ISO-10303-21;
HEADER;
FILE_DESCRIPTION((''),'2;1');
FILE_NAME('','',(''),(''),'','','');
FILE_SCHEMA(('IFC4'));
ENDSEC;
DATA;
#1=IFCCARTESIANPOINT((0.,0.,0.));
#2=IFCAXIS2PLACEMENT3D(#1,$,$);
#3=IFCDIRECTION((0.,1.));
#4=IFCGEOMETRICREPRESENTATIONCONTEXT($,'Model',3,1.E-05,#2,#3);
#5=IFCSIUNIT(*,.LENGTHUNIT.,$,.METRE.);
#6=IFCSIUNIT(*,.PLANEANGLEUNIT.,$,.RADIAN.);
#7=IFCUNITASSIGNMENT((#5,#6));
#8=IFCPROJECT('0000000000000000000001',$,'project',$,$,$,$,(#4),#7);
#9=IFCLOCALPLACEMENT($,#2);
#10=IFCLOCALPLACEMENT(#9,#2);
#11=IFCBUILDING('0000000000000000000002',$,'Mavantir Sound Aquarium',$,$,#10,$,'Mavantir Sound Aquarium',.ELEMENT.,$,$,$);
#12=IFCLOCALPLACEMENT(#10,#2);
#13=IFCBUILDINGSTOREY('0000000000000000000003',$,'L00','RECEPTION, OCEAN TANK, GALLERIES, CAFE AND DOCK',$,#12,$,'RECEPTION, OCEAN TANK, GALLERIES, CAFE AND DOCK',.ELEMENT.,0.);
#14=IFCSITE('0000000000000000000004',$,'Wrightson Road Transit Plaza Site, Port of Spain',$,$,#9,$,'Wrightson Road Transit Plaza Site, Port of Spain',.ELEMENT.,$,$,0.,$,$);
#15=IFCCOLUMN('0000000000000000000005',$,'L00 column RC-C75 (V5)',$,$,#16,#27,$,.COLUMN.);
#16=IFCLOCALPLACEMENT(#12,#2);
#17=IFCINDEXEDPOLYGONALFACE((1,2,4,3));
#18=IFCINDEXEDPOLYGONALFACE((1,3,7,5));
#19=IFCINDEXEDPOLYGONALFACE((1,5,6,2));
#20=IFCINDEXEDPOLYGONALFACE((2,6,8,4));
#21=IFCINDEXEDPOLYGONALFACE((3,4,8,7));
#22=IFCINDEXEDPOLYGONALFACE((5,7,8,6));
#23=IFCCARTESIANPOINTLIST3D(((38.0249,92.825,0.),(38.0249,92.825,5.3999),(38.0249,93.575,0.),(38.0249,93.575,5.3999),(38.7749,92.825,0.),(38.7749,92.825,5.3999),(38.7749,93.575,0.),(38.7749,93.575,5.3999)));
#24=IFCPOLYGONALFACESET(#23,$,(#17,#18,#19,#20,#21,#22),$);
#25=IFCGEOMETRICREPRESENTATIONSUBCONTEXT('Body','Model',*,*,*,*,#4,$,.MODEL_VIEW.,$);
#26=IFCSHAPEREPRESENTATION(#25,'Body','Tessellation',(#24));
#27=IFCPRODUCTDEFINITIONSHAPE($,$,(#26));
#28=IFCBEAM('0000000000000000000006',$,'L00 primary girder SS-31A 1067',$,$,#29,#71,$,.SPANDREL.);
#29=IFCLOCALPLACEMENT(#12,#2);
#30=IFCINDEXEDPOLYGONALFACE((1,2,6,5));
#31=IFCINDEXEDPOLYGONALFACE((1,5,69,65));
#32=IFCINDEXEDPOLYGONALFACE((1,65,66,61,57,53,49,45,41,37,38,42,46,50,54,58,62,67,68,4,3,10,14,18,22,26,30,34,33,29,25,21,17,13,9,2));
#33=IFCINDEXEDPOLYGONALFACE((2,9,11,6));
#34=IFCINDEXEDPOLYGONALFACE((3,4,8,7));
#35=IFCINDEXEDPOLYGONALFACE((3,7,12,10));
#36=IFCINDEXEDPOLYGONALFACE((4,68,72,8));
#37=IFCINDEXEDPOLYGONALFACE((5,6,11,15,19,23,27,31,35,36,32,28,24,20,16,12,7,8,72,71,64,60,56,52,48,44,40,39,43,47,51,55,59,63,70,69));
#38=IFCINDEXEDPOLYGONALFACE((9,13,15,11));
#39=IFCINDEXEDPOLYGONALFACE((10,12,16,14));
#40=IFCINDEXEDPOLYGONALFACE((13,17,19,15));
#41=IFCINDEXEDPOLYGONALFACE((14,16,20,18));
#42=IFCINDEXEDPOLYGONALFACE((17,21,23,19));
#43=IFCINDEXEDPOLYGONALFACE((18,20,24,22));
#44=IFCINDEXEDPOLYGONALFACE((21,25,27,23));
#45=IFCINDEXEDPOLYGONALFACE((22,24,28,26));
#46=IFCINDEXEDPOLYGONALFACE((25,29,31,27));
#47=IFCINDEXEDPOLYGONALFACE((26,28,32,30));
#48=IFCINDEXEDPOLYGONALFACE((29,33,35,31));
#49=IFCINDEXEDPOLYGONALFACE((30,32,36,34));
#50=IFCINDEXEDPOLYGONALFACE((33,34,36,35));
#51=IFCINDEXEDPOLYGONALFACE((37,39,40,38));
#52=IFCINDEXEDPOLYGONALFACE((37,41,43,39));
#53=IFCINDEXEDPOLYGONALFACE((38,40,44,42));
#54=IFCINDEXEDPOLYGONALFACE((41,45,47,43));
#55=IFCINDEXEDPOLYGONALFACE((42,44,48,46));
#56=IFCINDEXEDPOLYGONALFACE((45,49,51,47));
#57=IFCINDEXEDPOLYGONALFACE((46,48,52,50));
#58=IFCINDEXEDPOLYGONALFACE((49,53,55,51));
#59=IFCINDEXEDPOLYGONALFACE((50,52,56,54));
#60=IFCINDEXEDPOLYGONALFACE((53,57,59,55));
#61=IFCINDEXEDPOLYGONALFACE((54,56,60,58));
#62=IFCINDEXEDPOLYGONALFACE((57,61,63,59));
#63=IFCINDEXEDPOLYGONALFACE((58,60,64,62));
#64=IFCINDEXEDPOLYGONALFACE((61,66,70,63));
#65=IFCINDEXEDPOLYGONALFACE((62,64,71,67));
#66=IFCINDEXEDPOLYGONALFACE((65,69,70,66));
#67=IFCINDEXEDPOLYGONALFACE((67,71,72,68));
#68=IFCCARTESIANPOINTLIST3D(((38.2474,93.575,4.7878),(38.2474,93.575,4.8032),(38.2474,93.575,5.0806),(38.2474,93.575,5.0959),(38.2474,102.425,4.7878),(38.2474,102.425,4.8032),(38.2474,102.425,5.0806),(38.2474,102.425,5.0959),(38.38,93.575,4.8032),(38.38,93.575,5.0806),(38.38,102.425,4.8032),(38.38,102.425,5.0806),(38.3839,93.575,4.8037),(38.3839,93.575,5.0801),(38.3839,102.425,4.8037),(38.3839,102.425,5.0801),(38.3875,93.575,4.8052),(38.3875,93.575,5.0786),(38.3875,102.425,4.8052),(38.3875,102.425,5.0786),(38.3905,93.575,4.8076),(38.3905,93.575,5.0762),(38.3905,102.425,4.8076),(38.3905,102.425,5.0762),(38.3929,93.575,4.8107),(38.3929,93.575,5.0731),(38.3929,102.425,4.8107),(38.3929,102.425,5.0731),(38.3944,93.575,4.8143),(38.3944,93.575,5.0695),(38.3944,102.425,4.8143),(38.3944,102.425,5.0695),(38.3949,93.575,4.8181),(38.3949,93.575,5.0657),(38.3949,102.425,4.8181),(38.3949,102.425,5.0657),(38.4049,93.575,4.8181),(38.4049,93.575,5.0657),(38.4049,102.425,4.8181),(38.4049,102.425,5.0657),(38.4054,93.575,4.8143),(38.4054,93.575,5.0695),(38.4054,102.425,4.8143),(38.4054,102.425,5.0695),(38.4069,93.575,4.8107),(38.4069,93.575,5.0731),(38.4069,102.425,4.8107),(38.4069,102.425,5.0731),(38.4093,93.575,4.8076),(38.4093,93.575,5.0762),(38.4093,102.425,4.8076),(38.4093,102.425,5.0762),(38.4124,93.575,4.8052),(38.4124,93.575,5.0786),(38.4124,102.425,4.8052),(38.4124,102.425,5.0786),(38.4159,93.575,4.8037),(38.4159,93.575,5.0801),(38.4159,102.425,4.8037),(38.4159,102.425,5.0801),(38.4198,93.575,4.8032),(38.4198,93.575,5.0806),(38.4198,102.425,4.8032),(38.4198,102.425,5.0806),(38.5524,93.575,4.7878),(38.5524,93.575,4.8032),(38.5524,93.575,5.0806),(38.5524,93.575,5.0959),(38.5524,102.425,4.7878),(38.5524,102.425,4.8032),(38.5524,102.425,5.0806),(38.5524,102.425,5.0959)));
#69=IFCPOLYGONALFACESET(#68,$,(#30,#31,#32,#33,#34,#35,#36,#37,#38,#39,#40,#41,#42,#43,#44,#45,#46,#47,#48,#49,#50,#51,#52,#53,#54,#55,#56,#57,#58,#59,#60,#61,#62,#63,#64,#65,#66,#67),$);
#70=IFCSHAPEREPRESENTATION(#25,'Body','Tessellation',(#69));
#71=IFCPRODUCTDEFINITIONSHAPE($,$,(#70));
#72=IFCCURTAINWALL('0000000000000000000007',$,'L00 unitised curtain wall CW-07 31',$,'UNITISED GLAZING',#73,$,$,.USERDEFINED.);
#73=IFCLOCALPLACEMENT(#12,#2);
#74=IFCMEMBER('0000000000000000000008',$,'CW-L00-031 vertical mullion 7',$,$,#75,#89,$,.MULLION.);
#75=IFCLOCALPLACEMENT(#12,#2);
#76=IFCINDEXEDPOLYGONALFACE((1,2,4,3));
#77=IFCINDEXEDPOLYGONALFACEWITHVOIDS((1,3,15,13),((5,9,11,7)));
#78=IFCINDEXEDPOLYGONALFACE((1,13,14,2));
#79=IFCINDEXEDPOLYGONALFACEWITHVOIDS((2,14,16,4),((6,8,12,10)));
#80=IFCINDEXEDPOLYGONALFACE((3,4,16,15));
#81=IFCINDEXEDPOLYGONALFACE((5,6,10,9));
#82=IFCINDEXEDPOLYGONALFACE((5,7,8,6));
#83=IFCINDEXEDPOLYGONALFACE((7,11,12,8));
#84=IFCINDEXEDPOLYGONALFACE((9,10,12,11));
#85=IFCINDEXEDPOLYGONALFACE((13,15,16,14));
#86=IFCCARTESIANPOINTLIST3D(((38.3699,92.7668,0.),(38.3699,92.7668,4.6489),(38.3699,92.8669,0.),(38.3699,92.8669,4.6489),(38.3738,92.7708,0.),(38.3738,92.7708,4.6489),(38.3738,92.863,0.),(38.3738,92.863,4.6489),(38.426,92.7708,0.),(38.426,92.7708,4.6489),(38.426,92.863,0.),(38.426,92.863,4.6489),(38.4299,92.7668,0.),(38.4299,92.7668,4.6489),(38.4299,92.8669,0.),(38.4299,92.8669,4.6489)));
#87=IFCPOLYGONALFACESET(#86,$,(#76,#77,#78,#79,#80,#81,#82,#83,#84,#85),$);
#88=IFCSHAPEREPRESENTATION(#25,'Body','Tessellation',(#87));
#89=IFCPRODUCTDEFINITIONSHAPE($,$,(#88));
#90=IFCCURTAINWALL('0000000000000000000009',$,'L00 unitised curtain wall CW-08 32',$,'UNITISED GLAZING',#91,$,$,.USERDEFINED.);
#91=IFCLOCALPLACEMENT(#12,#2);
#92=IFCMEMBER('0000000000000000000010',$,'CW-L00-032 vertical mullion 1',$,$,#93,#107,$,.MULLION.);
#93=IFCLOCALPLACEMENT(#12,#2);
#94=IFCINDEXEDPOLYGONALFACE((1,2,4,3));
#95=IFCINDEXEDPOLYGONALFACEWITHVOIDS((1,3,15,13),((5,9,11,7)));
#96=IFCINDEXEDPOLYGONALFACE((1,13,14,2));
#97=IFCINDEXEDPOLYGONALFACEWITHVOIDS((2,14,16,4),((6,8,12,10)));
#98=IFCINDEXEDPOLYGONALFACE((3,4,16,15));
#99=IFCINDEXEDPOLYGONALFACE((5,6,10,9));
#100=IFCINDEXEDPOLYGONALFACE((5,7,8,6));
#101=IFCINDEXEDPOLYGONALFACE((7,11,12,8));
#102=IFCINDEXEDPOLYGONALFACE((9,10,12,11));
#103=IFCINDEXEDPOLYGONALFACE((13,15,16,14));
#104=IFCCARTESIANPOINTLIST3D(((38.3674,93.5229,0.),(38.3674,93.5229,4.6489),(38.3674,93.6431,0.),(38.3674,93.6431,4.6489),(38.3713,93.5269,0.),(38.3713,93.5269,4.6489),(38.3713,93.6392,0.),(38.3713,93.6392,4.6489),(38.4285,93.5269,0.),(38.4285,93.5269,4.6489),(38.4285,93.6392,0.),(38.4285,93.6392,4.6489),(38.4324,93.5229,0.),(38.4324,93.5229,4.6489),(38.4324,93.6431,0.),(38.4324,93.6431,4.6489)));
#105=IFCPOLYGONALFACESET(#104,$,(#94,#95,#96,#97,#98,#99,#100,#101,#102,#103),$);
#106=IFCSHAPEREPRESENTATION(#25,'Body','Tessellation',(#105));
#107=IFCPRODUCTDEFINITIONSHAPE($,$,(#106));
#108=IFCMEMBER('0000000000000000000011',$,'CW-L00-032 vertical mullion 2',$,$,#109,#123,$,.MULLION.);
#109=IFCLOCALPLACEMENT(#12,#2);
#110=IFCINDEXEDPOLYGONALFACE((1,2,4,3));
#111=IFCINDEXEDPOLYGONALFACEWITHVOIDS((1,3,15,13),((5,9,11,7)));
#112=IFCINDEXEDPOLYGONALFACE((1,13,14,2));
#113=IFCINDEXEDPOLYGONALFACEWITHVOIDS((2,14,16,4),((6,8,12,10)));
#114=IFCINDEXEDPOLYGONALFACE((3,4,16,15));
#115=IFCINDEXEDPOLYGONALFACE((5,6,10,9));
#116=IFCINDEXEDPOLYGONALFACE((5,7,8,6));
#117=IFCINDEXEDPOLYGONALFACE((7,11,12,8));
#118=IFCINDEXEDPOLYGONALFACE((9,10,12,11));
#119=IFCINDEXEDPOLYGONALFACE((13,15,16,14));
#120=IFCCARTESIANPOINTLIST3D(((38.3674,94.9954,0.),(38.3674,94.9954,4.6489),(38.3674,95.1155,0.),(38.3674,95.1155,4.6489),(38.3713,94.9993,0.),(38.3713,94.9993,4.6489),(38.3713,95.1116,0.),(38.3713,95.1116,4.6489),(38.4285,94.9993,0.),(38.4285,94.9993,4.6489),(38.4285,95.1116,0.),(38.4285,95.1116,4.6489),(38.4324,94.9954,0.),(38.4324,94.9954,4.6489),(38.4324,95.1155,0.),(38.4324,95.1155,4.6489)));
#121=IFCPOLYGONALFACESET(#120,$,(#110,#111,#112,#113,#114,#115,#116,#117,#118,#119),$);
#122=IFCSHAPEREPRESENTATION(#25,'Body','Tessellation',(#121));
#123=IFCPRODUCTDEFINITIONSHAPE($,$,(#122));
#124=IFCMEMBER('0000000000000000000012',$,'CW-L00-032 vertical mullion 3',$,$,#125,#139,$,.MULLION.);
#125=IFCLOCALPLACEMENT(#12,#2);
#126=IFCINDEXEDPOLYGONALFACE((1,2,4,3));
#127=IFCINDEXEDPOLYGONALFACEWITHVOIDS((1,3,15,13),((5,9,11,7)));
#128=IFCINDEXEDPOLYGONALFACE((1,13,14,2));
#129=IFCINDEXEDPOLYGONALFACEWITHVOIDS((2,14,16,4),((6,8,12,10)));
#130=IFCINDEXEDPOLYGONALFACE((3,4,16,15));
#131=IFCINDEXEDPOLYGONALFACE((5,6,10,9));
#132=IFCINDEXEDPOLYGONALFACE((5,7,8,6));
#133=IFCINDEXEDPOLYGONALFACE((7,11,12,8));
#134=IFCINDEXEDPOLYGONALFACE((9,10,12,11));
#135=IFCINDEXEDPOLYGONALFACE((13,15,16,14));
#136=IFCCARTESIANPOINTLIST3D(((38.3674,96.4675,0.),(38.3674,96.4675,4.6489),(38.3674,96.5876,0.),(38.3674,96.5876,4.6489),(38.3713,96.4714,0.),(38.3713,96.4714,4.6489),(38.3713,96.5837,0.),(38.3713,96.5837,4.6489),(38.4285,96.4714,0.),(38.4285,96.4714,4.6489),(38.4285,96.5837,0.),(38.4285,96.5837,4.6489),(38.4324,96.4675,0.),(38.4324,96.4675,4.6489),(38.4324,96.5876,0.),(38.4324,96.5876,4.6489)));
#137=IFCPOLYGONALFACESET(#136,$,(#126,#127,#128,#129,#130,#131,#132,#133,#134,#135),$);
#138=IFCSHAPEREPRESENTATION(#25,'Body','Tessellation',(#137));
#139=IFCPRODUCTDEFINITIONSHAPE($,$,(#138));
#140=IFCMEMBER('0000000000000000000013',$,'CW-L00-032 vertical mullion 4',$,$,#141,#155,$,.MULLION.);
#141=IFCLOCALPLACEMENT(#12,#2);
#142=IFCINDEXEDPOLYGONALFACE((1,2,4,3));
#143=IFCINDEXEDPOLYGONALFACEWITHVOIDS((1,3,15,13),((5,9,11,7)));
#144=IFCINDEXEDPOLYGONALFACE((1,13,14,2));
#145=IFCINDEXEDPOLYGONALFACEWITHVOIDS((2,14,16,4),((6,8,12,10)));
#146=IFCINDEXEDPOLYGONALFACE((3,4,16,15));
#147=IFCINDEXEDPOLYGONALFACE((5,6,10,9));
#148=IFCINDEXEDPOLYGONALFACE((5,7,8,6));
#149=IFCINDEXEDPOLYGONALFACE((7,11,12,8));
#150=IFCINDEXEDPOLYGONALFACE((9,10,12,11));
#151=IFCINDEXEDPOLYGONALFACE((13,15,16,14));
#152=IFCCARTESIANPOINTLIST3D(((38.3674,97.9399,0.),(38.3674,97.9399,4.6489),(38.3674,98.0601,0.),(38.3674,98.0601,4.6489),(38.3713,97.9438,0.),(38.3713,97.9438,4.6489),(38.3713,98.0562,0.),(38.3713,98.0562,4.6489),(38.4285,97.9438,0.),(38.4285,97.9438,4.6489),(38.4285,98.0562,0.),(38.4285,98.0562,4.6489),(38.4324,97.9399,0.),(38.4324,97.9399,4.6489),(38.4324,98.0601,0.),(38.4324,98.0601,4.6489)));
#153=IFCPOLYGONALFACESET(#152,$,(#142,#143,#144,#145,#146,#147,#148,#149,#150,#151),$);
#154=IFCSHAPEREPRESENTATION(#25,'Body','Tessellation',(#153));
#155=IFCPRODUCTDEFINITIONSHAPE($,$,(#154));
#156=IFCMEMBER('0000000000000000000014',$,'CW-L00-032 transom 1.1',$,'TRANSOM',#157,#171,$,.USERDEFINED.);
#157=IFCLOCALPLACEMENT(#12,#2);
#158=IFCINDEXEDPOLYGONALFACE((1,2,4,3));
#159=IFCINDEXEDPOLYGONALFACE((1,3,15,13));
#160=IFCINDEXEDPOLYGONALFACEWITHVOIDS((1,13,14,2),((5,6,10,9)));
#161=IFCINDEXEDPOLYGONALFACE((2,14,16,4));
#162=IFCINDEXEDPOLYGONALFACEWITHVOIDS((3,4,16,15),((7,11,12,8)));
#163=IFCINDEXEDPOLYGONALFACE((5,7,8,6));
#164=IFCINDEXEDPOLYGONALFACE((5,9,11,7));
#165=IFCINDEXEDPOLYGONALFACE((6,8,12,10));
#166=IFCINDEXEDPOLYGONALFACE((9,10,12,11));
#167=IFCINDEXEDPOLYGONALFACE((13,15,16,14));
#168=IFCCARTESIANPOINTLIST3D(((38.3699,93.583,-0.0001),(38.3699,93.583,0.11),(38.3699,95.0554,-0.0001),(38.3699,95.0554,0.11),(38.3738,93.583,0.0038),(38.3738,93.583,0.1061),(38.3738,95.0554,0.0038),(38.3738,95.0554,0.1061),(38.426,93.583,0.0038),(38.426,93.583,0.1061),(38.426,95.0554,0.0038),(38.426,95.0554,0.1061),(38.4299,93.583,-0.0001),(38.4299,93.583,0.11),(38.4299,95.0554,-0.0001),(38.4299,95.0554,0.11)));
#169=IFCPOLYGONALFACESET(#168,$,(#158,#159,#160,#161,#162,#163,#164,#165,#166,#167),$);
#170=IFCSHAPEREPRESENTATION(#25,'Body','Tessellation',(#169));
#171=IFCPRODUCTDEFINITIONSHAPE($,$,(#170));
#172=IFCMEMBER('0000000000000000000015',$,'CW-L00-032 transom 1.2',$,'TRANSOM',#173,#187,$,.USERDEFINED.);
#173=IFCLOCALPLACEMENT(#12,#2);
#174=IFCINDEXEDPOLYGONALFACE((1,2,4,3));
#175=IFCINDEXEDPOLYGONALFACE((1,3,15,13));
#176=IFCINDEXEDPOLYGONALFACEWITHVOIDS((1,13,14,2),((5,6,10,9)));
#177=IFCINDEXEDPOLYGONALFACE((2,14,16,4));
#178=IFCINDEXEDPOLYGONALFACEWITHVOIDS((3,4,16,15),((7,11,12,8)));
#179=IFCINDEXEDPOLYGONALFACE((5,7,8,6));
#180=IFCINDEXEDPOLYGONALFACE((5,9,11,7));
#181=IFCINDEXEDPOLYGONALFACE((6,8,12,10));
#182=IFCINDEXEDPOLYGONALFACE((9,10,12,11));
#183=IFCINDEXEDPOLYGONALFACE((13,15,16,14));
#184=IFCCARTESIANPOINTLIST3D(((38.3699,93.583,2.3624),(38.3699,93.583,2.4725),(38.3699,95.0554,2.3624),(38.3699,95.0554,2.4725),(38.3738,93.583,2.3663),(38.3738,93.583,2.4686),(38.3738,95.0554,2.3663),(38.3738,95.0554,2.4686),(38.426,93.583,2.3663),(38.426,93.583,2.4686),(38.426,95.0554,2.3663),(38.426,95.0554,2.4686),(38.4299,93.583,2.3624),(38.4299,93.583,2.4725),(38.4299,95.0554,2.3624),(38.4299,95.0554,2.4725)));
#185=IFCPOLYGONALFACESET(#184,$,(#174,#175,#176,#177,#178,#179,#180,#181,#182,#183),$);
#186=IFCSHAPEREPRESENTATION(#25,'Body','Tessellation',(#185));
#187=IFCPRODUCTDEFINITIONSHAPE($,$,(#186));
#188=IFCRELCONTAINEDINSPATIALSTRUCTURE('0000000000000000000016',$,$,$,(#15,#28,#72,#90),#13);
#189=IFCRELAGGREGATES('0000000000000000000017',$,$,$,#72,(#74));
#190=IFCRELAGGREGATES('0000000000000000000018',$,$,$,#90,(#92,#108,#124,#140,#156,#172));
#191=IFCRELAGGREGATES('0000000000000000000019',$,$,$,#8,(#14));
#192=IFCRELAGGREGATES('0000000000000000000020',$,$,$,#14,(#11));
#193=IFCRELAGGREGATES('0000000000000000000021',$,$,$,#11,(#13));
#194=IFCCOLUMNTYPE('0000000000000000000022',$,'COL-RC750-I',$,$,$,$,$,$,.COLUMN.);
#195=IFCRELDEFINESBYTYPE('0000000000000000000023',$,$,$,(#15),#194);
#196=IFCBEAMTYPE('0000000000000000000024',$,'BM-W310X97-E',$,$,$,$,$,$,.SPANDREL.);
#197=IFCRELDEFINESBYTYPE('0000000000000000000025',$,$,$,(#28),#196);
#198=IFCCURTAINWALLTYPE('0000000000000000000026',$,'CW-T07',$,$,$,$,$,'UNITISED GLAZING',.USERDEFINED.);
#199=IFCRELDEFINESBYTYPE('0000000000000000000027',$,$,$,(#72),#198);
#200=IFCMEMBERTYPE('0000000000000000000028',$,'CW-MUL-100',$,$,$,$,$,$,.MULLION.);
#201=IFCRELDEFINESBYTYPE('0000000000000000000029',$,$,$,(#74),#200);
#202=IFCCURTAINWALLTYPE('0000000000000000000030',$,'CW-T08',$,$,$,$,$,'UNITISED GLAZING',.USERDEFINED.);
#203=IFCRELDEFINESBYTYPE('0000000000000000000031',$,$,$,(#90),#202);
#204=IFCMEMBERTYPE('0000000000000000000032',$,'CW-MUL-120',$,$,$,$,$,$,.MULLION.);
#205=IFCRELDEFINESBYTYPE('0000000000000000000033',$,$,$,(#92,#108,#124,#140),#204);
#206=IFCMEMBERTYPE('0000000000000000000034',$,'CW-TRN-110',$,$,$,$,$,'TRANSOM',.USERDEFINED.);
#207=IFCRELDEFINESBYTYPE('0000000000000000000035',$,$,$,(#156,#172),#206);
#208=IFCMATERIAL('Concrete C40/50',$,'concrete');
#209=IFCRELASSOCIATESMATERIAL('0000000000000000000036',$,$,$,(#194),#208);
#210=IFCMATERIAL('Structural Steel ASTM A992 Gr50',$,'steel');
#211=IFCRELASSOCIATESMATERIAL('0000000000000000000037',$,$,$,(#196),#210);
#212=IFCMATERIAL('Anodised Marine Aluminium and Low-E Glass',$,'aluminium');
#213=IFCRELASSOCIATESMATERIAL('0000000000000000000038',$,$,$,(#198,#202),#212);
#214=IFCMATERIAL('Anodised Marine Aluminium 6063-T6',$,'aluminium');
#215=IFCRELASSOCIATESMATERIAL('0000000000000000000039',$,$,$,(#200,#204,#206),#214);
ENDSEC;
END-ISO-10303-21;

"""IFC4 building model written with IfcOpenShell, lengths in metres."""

from ifc_helpers import new_model, si_unit, direction, frame, origin, origin_2d, place, context, subcontext, project, spatial, rectangle, hollow_rectangle, i_section, extrude, material, material_profile, profile_set, type_object, element, aggregate, save


model = new_model("IFC4")

# Units and contexts
model_context = context("Model", 3, precision=1e-05, world=origin(), true_north=direction((0.0, 1.0)))
body_context = subcontext(model_context, "Body", "Model", "MODEL_VIEW")
ifc_project = project(units=[si_unit("LENGTHUNIT", "METRE"), si_unit("PLANEANGLEUNIT", "RADIAN")], contexts=[model_context])

# Site, building, storey
site_placement = place(None, origin())
site = spatial("IfcSite", under=ifc_project, at=site_placement, Name="Wrightson Road Transit Plaza Site, Port of Spain", LongName="Wrightson Road Transit Plaza Site, Port of Spain", CompositionType="ELEMENT", RefElevation=0.0)
building_placement = place(site_placement, origin())
building = spatial("IfcBuilding", under=site, at=building_placement, Name="Mavantir Sound Aquarium", LongName="Mavantir Sound Aquarium", CompositionType="ELEMENT")
storey_placement = place(building_placement, origin())
storey = spatial("IfcBuildingStorey", under=building, at=storey_placement, Name="L00", Description="RECEPTION, OCEAN TANK, GALLERIES, CAFE AND DOCK", LongName="RECEPTION, OCEAN TANK, GALLERIES, CAFE AND DOCK", CompositionType="ELEMENT", Elevation=0.0)

# Column
ifc_material_1 = material(Name="Concrete C40/50", Category="concrete")
ifc_material_profile_1 = material_profile(ifc_material_1, rectangle(XDim=0.75, YDim=0.75, at=origin_2d()), Name="RC 750X750")
ifc_profile_set_1 = profile_set([ifc_material_profile_1], Name="Concrete C40/50")
column_type = type_object("IfcColumnType", Name="COL-RC750-I", PredefinedType="COLUMN", material=ifc_profile_set_1)
column_placement = place(storey_placement, frame((38.3999, 93.2, 0.0), z_axis=(0.0, 0.0, 1.0), x_axis=(1.0, 0.0, 0.0)))
element("IfcColumn", 1, at=column_placement, inside=storey, type_object=column_type, Name="L00 column RC-C75 (V5)", PredefinedType="COLUMN", context=body_context, shape_type="SweptSolid", body=[
    extrude(rectangle(XDim=0.75, YDim=0.75, at=origin_2d()), origin(), (0.0, 0.0, 1.0), 5.3999),
])

# Beam
ifc_material_2 = material(Name="Structural Steel ASTM A992 Gr50", Category="steel")
ifc_material_profile_2 = material_profile(ifc_material_2, i_section(OverallWidth=0.3049, OverallDepth=0.3081, WebThickness=0.01, FlangeThickness=0.0154, FilletRadius=0.0149, at=origin_2d()), Name="W310X97")
ifc_profile_set_2 = profile_set([ifc_material_profile_2], Name="Structural Steel ASTM A992 Gr50")
beam_type = type_object("IfcBeamType", Name="BM-W310X97-E", PredefinedType="SPANDREL", material=ifc_profile_set_2)
beam_placement = place(storey_placement, frame((38.3999, 93.575, 4.9419), z_axis=(0.0, 1.0, 0.0), x_axis=(-1.0, 0.0, 0.0)))
element("IfcBeam", 2, at=beam_placement, inside=storey, type_object=beam_type, Name="L00 primary girder SS-31A 1067", PredefinedType="SPANDREL", context=body_context, shape_type="SweptSolid", body=[
    extrude(i_section(OverallWidth=0.3049, OverallDepth=0.3081, WebThickness=0.01, FlangeThickness=0.0154, FilletRadius=0.0149, at=origin_2d()), origin(), (0.0, 0.0, 1.0), 8.8501),
])

# Curtain wall, member
ifc_material_3 = material(Name="Anodised Marine Aluminium and Low-E Glass", Category="aluminium")
curtain_wall_type_1 = type_object("IfcCurtainWallType", Name="CW-T07", ElementType="UNITISED GLAZING", PredefinedType="USERDEFINED", material=ifc_material_3)
curtain_wall_1_placement = place(storey_placement, origin())
curtain_wall_1 = element("IfcCurtainWall", 3, at=curtain_wall_1_placement, inside=storey, type_object=curtain_wall_type_1, Name="L00 unitised curtain wall CW-07 31", ObjectType="UNITISED GLAZING", PredefinedType="USERDEFINED")
ifc_material_4 = material(Name="Anodised Marine Aluminium 6063-T6", Category="aluminium")
ifc_material_profile_3 = material_profile(ifc_material_4, hollow_rectangle(XDim=0.0601, YDim=0.1001, WallThickness=0.0039, at=origin_2d()), Name="ALU-MULLION-100X60")
ifc_profile_set_3 = profile_set([ifc_material_profile_3], Name="Anodised Marine Aluminium 6063-T6")
member_type_1 = type_object("IfcMemberType", Name="CW-MUL-100", PredefinedType="MULLION", material=ifc_profile_set_3)
member_1_placement = place(storey_placement, frame((38.3999, 92.8169, 0.0), z_axis=(0.0, 0.0, 1.0), x_axis=(1.0, 0.0, 0.0)))
member_1 = element("IfcMember", 4, at=member_1_placement, type_object=member_type_1, Name="CW-L00-031 vertical mullion 7", PredefinedType="MULLION", context=body_context, shape_type="SweptSolid", body=[
    extrude(hollow_rectangle(XDim=0.0601, YDim=0.1001, WallThickness=0.0039, at=origin_2d()), origin(), (0.0, 0.0, 1.0), 4.6489),
])
aggregate(curtain_wall_1, [member_1])

# Curtain wall, members
curtain_wall_type_2 = type_object("IfcCurtainWallType", Name="CW-T08", ElementType="UNITISED GLAZING", PredefinedType="USERDEFINED", material=ifc_material_3)
curtain_wall_2_placement = place(storey_placement, origin())
curtain_wall_2 = element("IfcCurtainWall", 5, at=curtain_wall_2_placement, inside=storey, type_object=curtain_wall_type_2, Name="L00 unitised curtain wall CW-08 32", ObjectType="UNITISED GLAZING", PredefinedType="USERDEFINED")
ifc_material_profile_4 = material_profile(ifc_material_4, hollow_rectangle(XDim=0.0649, YDim=0.1201, WallThickness=0.0039, at=origin_2d()), Name="ALU-MULLION-120X65")
ifc_profile_set_4 = profile_set([ifc_material_profile_4], Name="Anodised Marine Aluminium 6063-T6")
member_type_2 = type_object("IfcMemberType", Name="CW-MUL-120", PredefinedType="MULLION", material=ifc_profile_set_4)
member_2_placement = place(storey_placement, frame((38.3999, 93.583, 0.0), z_axis=(0.0, 0.0, 1.0), x_axis=(1.0, 0.0, 0.0)))
member_2 = element("IfcMember", 6, at=member_2_placement, type_object=member_type_2, Name="CW-L00-032 vertical mullion 1", PredefinedType="MULLION", context=body_context, shape_type="SweptSolid", body=[
    extrude(hollow_rectangle(XDim=0.0649, YDim=0.1201, WallThickness=0.0039, at=origin_2d()), origin(), (0.0, 0.0, 1.0), 4.6489),
])
member_3_placement = place(storey_placement, frame((38.3999, 95.0554, 0.0), z_axis=(0.0, 0.0, 1.0), x_axis=(1.0, 0.0, 0.0)))
member_3 = element("IfcMember", 7, at=member_3_placement, type_object=member_type_2, Name="CW-L00-032 vertical mullion 2", PredefinedType="MULLION", context=body_context, shape_type="SweptSolid", body=[
    extrude(hollow_rectangle(XDim=0.0649, YDim=0.1201, WallThickness=0.0039, at=origin_2d()), origin(), (0.0, 0.0, 1.0), 4.6489),
])
member_4_placement = place(storey_placement, frame((38.3999, 96.5276, 0.0), z_axis=(0.0, 0.0, 1.0), x_axis=(1.0, 0.0, 0.0)))
member_4 = element("IfcMember", 8, at=member_4_placement, type_object=member_type_2, Name="CW-L00-032 vertical mullion 3", PredefinedType="MULLION", context=body_context, shape_type="SweptSolid", body=[
    extrude(hollow_rectangle(XDim=0.0649, YDim=0.1201, WallThickness=0.0039, at=origin_2d()), origin(), (0.0, 0.0, 1.0), 4.6489),
])
member_5_placement = place(storey_placement, frame((38.3999, 98.0, 0.0), z_axis=(0.0, 0.0, 1.0), x_axis=(1.0, 0.0, 0.0)))
member_5 = element("IfcMember", 9, at=member_5_placement, type_object=member_type_2, Name="CW-L00-032 vertical mullion 4", PredefinedType="MULLION", context=body_context, shape_type="SweptSolid", body=[
    extrude(hollow_rectangle(XDim=0.0649, YDim=0.1201, WallThickness=0.0039, at=origin_2d()), origin(), (0.0, 0.0, 1.0), 4.6489),
])
ifc_material_profile_5 = material_profile(ifc_material_4, hollow_rectangle(XDim=0.0601, YDim=0.1101, WallThickness=0.0039, at=origin_2d()), Name="ALU-TRANSOM-110X60")
ifc_profile_set_5 = profile_set([ifc_material_profile_5], Name="Anodised Marine Aluminium 6063-T6")
member_type_3 = type_object("IfcMemberType", Name="CW-TRN-110", ElementType="TRANSOM", PredefinedType="USERDEFINED", material=ifc_profile_set_5)
member_6_placement = place(storey_placement, frame((38.3999, 93.583, 0.0549), z_axis=(0.0, 1.0, 0.0), x_axis=(-1.0, 0.0, 0.0)))
member_6 = element("IfcMember", 10, at=member_6_placement, type_object=member_type_3, Name="CW-L00-032 transom 1.1", ObjectType="TRANSOM", PredefinedType="USERDEFINED", context=body_context, shape_type="SweptSolid", body=[
    extrude(hollow_rectangle(XDim=0.0601, YDim=0.1101, WallThickness=0.0039, at=origin_2d()), origin(), (0.0, 0.0, 1.0), 1.4724),
])
member_7_placement = place(storey_placement, frame((38.3999, 93.583, 2.4175), z_axis=(0.0, 1.0, 0.0), x_axis=(-1.0, 0.0, 0.0)))
member_7 = element("IfcMember", 11, at=member_7_placement, type_object=member_type_3, Name="CW-L00-032 transom 1.2", ObjectType="TRANSOM", PredefinedType="USERDEFINED", context=body_context, shape_type="SweptSolid", body=[
    extrude(hollow_rectangle(XDim=0.0601, YDim=0.1101, WallThickness=0.0039, at=origin_2d()), origin(), (0.0, 0.0, 1.0), 1.4724),
])
aggregate(curtain_wall_2, [member_2, member_3, member_4, member_5, member_6, member_7])

save(model, "model.ifc")
